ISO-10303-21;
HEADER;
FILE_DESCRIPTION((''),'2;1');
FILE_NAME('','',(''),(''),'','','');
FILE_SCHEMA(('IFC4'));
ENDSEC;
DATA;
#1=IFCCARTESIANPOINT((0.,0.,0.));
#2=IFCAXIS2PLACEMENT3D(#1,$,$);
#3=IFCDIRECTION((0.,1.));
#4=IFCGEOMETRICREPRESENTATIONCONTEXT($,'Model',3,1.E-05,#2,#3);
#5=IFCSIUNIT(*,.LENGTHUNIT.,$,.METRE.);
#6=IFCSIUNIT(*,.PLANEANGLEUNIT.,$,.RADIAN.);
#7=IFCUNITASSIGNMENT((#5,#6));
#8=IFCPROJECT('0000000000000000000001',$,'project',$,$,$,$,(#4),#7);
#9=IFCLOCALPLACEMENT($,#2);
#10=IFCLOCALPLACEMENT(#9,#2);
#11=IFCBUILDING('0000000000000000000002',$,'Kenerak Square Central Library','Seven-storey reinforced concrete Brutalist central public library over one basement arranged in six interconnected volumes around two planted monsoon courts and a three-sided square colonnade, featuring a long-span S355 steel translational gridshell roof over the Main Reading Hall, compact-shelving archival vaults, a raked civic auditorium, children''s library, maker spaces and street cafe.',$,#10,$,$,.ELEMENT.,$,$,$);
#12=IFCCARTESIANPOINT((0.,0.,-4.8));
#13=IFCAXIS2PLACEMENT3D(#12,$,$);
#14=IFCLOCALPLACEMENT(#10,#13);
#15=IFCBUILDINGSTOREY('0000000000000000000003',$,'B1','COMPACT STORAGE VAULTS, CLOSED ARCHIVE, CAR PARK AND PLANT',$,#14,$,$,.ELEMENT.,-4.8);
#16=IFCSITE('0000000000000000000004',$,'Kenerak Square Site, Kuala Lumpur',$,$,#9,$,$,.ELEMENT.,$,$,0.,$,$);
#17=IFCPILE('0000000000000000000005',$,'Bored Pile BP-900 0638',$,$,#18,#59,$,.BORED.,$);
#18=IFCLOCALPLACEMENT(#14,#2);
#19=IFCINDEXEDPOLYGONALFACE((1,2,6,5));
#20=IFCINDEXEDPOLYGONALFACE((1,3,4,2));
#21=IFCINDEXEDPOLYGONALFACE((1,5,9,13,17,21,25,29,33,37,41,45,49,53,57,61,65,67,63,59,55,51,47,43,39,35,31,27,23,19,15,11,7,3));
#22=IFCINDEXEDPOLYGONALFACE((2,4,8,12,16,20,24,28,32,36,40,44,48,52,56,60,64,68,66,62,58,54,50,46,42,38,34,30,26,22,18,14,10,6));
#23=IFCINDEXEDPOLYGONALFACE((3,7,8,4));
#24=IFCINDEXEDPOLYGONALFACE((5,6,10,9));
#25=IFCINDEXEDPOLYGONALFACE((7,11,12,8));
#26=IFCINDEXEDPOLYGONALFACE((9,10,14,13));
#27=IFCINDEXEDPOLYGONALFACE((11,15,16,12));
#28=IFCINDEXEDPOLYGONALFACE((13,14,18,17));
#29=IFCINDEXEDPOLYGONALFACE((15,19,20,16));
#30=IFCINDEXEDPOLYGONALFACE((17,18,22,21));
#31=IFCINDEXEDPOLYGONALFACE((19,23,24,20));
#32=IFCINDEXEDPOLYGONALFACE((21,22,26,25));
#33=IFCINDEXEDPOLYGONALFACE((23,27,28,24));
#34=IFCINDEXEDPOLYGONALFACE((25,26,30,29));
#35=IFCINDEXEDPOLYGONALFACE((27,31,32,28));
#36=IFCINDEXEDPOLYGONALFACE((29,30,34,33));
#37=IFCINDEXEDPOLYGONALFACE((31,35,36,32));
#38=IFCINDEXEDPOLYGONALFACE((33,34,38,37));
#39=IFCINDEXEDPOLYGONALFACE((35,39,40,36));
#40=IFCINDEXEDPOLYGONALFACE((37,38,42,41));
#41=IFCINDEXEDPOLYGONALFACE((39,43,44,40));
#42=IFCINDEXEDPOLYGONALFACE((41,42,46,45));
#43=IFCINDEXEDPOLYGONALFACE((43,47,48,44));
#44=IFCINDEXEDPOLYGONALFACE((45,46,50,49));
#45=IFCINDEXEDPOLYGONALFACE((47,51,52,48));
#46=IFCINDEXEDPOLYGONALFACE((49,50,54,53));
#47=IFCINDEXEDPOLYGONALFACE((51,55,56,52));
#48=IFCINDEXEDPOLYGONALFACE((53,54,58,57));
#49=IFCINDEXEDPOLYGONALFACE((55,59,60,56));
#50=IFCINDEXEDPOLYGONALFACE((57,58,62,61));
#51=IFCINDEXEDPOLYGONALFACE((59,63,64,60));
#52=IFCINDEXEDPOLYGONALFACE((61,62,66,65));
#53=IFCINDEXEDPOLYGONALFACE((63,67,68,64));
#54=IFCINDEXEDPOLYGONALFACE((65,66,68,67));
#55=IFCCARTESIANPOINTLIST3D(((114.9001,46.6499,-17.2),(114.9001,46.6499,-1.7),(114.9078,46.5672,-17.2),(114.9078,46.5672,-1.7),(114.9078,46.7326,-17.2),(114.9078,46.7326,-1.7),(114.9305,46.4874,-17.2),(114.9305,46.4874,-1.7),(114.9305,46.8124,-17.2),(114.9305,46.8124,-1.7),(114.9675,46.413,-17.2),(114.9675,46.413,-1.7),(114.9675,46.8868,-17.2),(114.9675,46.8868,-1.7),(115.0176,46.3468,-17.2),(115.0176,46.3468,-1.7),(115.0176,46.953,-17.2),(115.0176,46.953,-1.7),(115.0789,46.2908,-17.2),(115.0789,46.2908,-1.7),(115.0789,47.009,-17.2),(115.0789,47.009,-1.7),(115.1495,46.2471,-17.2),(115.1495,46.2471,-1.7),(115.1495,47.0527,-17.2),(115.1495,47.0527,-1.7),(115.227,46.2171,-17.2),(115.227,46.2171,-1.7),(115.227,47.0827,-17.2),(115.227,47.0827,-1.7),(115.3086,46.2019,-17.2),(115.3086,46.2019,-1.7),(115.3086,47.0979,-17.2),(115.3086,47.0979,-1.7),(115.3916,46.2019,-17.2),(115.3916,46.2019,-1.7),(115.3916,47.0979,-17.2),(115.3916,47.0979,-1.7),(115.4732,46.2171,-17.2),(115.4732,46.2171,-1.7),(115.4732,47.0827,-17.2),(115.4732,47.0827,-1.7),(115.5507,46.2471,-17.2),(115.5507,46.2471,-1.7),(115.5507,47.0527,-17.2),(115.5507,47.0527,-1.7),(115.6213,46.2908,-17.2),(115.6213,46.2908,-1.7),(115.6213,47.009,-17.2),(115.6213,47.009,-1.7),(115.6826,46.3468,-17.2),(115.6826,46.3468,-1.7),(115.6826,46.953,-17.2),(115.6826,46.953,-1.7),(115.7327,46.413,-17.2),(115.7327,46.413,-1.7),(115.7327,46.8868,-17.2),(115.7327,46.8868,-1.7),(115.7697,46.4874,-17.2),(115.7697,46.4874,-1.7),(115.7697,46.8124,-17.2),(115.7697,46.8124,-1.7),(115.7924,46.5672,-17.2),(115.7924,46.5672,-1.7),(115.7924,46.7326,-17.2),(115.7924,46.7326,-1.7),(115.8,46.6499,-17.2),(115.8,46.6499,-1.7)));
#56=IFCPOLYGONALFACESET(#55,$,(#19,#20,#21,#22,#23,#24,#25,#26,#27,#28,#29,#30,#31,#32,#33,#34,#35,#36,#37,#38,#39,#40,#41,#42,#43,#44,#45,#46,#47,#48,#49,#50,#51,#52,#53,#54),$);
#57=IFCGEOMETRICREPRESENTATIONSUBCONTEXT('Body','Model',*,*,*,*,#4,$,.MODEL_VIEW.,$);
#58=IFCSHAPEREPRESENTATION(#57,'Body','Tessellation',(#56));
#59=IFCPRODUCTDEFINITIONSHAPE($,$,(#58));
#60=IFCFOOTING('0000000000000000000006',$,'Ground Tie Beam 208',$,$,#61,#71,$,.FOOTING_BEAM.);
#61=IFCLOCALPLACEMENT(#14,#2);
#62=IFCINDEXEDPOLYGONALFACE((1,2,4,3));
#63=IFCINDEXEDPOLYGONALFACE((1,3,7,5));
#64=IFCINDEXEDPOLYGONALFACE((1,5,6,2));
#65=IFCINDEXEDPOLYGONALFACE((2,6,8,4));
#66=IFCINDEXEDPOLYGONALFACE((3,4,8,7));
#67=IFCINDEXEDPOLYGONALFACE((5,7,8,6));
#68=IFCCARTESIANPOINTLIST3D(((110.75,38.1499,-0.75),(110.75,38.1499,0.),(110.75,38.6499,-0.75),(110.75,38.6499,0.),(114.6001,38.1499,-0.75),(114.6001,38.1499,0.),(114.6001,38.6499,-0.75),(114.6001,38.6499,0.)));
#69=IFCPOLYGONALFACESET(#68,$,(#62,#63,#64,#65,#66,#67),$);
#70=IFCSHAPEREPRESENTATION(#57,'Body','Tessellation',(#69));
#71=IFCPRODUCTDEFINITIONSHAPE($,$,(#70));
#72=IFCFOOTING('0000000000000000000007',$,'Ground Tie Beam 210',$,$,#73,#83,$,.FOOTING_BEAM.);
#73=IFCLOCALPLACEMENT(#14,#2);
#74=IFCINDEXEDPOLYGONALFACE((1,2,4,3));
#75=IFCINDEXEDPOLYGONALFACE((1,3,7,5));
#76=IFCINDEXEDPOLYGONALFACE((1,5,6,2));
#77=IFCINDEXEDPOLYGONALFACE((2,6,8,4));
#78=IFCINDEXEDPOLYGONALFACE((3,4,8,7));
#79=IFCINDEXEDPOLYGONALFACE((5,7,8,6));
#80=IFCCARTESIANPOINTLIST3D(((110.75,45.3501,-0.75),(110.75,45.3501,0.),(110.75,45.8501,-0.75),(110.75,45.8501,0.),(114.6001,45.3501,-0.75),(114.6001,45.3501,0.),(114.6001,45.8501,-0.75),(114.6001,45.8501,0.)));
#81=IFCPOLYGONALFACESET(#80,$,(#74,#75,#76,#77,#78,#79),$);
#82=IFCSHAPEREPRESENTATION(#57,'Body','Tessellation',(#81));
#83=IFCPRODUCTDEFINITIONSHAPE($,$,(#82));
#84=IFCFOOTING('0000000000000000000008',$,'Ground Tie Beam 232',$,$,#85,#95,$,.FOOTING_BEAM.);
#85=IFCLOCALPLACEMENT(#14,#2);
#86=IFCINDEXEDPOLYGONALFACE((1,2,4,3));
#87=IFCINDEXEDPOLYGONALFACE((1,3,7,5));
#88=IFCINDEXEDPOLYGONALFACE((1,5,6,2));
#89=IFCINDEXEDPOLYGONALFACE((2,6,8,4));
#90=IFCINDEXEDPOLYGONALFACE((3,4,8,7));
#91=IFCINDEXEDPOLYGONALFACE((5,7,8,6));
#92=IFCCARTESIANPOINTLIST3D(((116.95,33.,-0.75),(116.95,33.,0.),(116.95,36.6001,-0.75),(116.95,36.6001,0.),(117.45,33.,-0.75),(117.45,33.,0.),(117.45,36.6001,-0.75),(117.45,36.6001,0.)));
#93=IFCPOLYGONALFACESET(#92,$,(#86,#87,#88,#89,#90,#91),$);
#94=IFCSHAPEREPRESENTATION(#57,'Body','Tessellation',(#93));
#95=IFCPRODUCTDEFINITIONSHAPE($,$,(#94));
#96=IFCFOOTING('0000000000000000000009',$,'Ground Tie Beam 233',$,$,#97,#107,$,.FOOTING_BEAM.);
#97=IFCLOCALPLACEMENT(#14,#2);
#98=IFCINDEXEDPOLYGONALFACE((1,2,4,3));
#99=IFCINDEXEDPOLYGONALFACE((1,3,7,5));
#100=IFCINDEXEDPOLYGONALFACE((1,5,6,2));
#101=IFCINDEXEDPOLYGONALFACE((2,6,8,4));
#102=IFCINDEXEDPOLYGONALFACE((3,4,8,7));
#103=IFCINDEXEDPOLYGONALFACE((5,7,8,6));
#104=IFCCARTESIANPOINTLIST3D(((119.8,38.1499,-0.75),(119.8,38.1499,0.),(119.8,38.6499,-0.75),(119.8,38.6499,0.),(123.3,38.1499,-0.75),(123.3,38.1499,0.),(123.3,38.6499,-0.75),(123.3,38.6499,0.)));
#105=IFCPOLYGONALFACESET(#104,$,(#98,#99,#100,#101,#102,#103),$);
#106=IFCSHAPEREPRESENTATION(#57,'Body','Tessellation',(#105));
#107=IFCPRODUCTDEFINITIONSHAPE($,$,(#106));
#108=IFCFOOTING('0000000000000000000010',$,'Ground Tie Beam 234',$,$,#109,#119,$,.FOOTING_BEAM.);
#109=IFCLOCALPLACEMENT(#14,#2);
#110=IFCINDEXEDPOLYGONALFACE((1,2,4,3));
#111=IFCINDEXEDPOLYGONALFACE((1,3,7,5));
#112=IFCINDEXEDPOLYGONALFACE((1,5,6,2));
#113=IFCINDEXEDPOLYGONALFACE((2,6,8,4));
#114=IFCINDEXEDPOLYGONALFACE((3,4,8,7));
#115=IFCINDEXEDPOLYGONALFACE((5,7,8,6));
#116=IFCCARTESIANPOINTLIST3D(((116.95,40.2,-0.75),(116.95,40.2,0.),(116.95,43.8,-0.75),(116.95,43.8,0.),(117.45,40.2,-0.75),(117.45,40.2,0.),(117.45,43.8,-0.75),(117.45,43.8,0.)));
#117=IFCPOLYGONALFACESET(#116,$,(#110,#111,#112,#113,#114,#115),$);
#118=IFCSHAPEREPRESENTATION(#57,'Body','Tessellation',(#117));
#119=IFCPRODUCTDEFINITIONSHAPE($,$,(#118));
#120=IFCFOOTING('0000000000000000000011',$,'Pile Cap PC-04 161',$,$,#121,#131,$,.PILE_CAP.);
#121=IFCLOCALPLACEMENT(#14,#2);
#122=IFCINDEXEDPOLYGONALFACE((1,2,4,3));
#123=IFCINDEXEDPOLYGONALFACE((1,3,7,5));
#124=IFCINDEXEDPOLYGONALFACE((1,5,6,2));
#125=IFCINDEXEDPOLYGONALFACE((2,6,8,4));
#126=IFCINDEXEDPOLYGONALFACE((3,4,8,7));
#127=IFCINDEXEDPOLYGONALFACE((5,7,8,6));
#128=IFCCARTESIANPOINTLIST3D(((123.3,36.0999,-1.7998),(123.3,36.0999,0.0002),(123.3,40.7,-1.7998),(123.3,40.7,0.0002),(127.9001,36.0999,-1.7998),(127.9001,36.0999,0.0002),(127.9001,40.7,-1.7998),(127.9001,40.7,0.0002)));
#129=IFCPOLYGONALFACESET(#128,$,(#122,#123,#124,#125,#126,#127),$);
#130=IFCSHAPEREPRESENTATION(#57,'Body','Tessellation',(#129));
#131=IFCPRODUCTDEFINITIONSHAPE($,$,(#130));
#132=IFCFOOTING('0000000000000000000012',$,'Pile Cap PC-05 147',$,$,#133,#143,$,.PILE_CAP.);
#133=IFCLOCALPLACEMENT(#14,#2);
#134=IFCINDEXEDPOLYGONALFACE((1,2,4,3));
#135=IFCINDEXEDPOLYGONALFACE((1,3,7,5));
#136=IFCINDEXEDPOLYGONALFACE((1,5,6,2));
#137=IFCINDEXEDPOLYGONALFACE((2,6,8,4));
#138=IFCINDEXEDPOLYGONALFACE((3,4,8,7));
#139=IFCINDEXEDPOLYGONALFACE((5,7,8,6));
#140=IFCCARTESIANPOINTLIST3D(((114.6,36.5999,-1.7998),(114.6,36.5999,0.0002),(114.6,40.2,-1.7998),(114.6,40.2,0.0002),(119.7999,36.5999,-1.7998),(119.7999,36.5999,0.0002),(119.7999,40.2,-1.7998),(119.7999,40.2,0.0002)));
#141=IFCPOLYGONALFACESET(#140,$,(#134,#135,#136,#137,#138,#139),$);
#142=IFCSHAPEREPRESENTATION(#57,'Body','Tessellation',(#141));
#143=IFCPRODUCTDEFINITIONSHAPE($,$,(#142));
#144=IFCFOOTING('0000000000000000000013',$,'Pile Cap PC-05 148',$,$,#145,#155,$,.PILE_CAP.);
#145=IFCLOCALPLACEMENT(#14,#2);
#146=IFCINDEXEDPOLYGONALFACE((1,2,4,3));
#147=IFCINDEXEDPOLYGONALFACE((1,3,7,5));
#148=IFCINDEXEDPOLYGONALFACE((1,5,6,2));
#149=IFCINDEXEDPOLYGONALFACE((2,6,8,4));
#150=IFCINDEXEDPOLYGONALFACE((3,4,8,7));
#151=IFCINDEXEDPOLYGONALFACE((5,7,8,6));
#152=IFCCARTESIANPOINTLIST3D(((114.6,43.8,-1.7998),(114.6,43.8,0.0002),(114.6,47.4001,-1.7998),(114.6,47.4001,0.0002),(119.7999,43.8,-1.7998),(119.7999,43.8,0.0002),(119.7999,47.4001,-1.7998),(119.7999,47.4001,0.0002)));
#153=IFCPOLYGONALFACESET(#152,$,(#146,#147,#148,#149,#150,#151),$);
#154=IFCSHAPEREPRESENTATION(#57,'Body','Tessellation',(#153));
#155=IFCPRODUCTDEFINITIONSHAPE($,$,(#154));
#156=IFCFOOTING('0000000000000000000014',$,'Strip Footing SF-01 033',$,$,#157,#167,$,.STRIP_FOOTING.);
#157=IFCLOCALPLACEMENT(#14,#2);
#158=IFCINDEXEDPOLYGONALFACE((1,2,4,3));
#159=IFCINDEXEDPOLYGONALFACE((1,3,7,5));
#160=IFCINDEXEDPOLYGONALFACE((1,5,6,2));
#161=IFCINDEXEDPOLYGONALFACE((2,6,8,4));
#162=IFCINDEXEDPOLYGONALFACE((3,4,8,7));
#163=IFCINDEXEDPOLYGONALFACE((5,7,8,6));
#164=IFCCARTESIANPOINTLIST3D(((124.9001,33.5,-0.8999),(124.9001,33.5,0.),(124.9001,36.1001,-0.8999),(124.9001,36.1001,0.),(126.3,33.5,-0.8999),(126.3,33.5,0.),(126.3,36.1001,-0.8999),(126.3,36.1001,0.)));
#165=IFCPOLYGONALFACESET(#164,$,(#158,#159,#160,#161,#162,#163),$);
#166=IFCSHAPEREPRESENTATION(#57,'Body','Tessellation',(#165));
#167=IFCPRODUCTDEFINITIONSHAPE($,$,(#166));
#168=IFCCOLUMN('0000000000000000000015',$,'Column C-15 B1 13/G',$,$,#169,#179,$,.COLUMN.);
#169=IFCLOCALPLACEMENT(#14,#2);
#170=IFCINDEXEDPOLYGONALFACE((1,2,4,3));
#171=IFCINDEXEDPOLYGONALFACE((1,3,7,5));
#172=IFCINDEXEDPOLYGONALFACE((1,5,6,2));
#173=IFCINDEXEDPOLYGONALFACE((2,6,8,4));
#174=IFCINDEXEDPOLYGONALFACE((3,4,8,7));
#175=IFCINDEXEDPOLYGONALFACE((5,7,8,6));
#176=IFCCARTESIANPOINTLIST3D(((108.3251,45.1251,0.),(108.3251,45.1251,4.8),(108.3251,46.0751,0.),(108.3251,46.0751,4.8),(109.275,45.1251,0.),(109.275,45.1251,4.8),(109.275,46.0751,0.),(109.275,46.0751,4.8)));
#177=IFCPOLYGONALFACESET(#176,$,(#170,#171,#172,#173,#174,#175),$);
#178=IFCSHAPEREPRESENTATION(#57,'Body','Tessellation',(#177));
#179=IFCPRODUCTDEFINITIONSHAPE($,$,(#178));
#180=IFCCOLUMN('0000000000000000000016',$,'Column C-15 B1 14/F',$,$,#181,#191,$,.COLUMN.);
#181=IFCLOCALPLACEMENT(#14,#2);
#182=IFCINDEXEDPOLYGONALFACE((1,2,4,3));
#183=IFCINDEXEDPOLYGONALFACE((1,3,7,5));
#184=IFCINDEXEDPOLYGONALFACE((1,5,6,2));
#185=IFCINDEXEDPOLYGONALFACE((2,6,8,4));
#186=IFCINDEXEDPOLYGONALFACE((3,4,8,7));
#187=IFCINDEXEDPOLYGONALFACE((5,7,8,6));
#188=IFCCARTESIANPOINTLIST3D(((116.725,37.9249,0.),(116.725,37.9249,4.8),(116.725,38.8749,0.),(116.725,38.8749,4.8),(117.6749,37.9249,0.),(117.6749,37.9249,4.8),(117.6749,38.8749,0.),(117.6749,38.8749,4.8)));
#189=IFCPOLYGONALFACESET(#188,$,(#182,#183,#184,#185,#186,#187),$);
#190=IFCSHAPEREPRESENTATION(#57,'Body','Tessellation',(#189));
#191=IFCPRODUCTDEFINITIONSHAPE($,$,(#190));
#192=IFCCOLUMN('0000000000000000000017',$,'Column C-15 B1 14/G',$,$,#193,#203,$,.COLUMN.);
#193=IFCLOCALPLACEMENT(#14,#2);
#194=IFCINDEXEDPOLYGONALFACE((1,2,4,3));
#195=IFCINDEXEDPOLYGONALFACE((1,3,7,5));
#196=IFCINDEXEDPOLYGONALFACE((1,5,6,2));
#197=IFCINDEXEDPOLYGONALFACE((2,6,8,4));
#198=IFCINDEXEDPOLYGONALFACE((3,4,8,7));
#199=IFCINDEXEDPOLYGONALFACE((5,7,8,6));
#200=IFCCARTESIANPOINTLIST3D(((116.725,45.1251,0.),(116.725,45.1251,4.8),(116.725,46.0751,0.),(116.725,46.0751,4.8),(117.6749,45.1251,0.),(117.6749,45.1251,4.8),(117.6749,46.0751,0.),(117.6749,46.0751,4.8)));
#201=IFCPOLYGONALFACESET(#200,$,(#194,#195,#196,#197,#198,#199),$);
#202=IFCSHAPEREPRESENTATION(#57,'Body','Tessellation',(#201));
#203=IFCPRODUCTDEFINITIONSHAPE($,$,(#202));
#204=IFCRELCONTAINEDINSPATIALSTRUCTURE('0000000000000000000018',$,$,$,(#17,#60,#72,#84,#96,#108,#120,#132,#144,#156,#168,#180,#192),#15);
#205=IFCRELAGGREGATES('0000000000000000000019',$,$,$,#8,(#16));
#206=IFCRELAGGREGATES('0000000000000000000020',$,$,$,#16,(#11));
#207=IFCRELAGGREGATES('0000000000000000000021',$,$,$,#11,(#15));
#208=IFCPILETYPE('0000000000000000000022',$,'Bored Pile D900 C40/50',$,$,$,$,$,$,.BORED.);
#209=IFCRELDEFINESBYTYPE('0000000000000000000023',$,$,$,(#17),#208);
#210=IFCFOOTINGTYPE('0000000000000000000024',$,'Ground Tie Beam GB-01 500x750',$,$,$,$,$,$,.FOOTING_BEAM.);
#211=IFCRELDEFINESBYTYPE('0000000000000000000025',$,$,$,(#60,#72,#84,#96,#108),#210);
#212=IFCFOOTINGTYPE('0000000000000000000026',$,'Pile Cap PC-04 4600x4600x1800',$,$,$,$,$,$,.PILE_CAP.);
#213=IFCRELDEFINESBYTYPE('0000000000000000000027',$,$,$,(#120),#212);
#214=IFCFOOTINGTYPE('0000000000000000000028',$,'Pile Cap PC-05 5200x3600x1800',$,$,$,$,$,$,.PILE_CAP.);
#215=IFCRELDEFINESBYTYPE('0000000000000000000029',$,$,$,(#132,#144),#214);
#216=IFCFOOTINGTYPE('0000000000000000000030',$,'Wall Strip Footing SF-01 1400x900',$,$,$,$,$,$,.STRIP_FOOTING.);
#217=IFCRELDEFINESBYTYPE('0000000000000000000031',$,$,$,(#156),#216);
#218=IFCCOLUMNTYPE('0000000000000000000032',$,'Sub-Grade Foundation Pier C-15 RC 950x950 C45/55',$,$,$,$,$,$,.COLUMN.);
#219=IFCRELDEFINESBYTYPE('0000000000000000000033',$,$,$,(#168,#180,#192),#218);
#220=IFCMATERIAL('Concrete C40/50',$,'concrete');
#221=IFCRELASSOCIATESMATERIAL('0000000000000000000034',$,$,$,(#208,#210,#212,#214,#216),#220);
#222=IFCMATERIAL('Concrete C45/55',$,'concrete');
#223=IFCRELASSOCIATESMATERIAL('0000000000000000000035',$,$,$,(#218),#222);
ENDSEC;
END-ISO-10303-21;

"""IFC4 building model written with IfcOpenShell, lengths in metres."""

from ifc_helpers import new_model, si_unit, direction, frame, origin, origin_2d, place, context, subcontext, project, spatial, rectangle, circle, extrude, material, material_profile, profile_set, type_object, element, save


model = new_model("IFC4")

# Units and contexts
model_context = context("Model", 3, precision=1e-05, world=origin(), true_north=direction((0.0, 1.0)))
body_context = subcontext(model_context, "Body", "Model", "MODEL_VIEW")
ifc_project = project(units=[si_unit("LENGTHUNIT", "METRE"), si_unit("PLANEANGLEUNIT", "RADIAN")], contexts=[model_context])

# Site, building, storey
site_placement = place(None, origin())
site = spatial("IfcSite", under=ifc_project, at=site_placement, Name="Kenerak Square Site, Kuala Lumpur", CompositionType="ELEMENT", RefElevation=0.0)
building_placement = place(site_placement, origin())
building = spatial("IfcBuilding", under=site, at=building_placement, Name="Kenerak Square Central Library", Description="Seven-storey reinforced concrete Brutalist central public library over one basement arranged in six interconnected volumes around two planted monsoon courts and a three-sided square colonnade, featuring a long-span S355 steel translational gridshell roof over the Main Reading Hall, compact-shelving archival vaults, a raked civic auditorium, children's library, maker spaces and street cafe.", CompositionType="ELEMENT")
storey_placement = place(building_placement, frame((0.0, 0.0, -4.8)))
storey = spatial("IfcBuildingStorey", under=building, at=storey_placement, Name="B1", Description="COMPACT STORAGE VAULTS, CLOSED ARCHIVE, CAR PARK AND PLANT", CompositionType="ELEMENT", Elevation=-4.8)

# Pile
ifc_material_1 = material(Name="Concrete C40/50", Category="concrete")
ifc_material_profile_1 = material_profile(ifc_material_1, circle(Radius=0.45, at=origin_2d()), Name="BP D900")
ifc_profile_set_1 = profile_set([ifc_material_profile_1], Name="Concrete C40/50")
pile_type_1 = type_object("IfcPileType", Name="Bored Pile D900 C40/50", PredefinedType="BORED", material=ifc_profile_set_1)
for number, where, z_axis, x_axis, name in (
    (1, (115.3501, 46.6499, -1.7), (0.0, 0.0, -1.0), (1.0, 0.0, 0.0), "Bored Pile BP-900 0638"),
):
    element("IfcPile", number, at=place(storey_placement, frame(where, z_axis=z_axis, x_axis=x_axis)), inside=storey, type_object=pile_type_1, Name=name, PredefinedType="BORED", context=body_context, shape_type="SweptSolid", body=[
        extrude(circle(Radius=0.45, at=origin_2d()), origin(), (0.0, 0.0, 1.0), 15.5),
    ])

# Footings
footing_type_1 = type_object("IfcFootingType", Name="Ground Tie Beam GB-01 500x750", PredefinedType="FOOTING_BEAM", material=ifc_material_1)
for number, where, z_axis, x_axis, name in (
    (2, (112.675, 38.3999, -0.75), (0.0, 0.0, 1.0), (1.0, 0.0, 0.0), "Ground Tie Beam 208"),
    (3, (112.675, 45.6001, -0.75), (0.0, 0.0, 1.0), (1.0, 0.0, 0.0), "Ground Tie Beam 210"),
):
    element("IfcFooting", number, at=place(storey_placement, frame(where, z_axis=z_axis, x_axis=x_axis)), inside=storey, type_object=footing_type_1, Name=name, PredefinedType="FOOTING_BEAM", context=body_context, shape_type="SweptSolid", body=[
        extrude(rectangle(XDim=3.8501, YDim=0.5, at=origin_2d()), origin(), (0.0, 0.0, 1.0), 0.75),
    ])
footing_1_placement = place(storey_placement, frame((117.2, 34.8, -0.75), z_axis=(0.0, 0.0, 1.0), x_axis=(1.0, 0.0, 0.0)))
element("IfcFooting", 4, at=footing_1_placement, inside=storey, type_object=footing_type_1, Name="Ground Tie Beam 232", PredefinedType="FOOTING_BEAM", context=body_context, shape_type="SweptSolid", body=[
    extrude(rectangle(XDim=0.5, YDim=3.6001, at=origin_2d()), origin(), (0.0, 0.0, 1.0), 0.75),
])
footing_2_placement = place(storey_placement, frame((121.55, 38.3999, -0.75), z_axis=(0.0, 0.0, 1.0), x_axis=(1.0, 0.0, 0.0)))
element("IfcFooting", 5, at=footing_2_placement, inside=storey, type_object=footing_type_1, Name="Ground Tie Beam 233", PredefinedType="FOOTING_BEAM", context=body_context, shape_type="SweptSolid", body=[
    extrude(rectangle(XDim=3.5, YDim=0.5, at=origin_2d()), origin(), (0.0, 0.0, 1.0), 0.75),
])
footing_3_placement = place(storey_placement, frame((117.2, 42.0, -0.75), z_axis=(0.0, 0.0, 1.0), x_axis=(1.0, 0.0, 0.0)))
element("IfcFooting", 6, at=footing_3_placement, inside=storey, type_object=footing_type_1, Name="Ground Tie Beam 234", PredefinedType="FOOTING_BEAM", context=body_context, shape_type="SweptSolid", body=[
    extrude(rectangle(XDim=0.5, YDim=3.6001, at=origin_2d()), origin(), (0.0, 0.0, 1.0), 0.75),
])
footing_type_2 = type_object("IfcFootingType", Name="Pile Cap PC-04 4600x4600x1800", PredefinedType="PILE_CAP", material=ifc_material_1)
footing_4_placement = place(storey_placement, frame((125.6001, 38.3999, -1.7998), z_axis=(0.0, 0.0, 1.0), x_axis=(1.0, 0.0, 0.0)))
element("IfcFooting", 7, at=footing_4_placement, inside=storey, type_object=footing_type_2, Name="Pile Cap PC-04 161", PredefinedType="PILE_CAP", context=body_context, shape_type="SweptSolid", body=[
    extrude(rectangle(XDim=4.6001, YDim=4.6001, at=origin_2d()), origin(), (0.0, 0.0, 1.0), 1.8),
])
footing_type_3 = type_object("IfcFootingType", Name="Pile Cap PC-05 5200x3600x1800", PredefinedType="PILE_CAP", material=ifc_material_1)
for number, where, z_axis, x_axis, name in (
    (8, (117.2, 38.3999, -1.7998), (0.0, 0.0, 1.0), (1.0, 0.0, 0.0), "Pile Cap PC-05 147"),
    (9, (117.2, 45.6001, -1.7998), (0.0, 0.0, 1.0), (1.0, 0.0, 0.0), "Pile Cap PC-05 148"),
):
    element("IfcFooting", number, at=place(storey_placement, frame(where, z_axis=z_axis, x_axis=x_axis)), inside=storey, type_object=footing_type_3, Name=name, PredefinedType="PILE_CAP", context=body_context, shape_type="SweptSolid", body=[
        extrude(rectangle(XDim=5.2, YDim=3.6001, at=origin_2d()), origin(), (0.0, 0.0, 1.0), 1.8),
    ])
footing_type_4 = type_object("IfcFootingType", Name="Wall Strip Footing SF-01 1400x900", PredefinedType="STRIP_FOOTING", material=ifc_material_1)
footing_5_placement = place(storey_placement, frame((125.6001, 34.8, -0.8999), z_axis=(0.0, 0.0, 1.0), x_axis=(1.0, 0.0, 0.0)))
element("IfcFooting", 10, at=footing_5_placement, inside=storey, type_object=footing_type_4, Name="Strip Footing SF-01 033", PredefinedType="STRIP_FOOTING", context=body_context, shape_type="SweptSolid", body=[
    extrude(rectangle(XDim=1.3999, YDim=2.6001, at=origin_2d()), origin(), (0.0, 0.0, 1.0), 0.8999),
])

# Columns
ifc_material_2 = material(Name="Concrete C45/55", Category="concrete")
ifc_material_profile_2 = material_profile(ifc_material_2, rectangle(XDim=0.95, YDim=0.95, at=origin_2d()), Name="RC 950x950")
ifc_profile_set_2 = profile_set([ifc_material_profile_2], Name="Concrete C45/55")
column_type = type_object("IfcColumnType", Name="Sub-Grade Foundation Pier C-15 RC 950x950 C45/55", PredefinedType="COLUMN", material=ifc_profile_set_2)
for number, where, z_axis, x_axis, name in (
    (11, (108.8, 45.6001, 0.0), (0.0, 0.0, 1.0), (1.0, 0.0, 0.0), "Column C-15 B1 13/G"),
    (12, (117.2, 38.3999, 0.0), (0.0, 0.0, 1.0), (1.0, 0.0, 0.0), "Column C-15 B1 14/F"),
    (13, (117.2, 45.6001, 0.0), (0.0, 0.0, 1.0), (1.0, 0.0, 0.0), "Column C-15 B1 14/G"),
):
    element("IfcColumn", number, at=place(storey_placement, frame(where, z_axis=z_axis, x_axis=x_axis)), inside=storey, type_object=column_type, Name=name, PredefinedType="COLUMN", context=body_context, shape_type="SweptSolid", body=[
        extrude(rectangle(XDim=0.95, YDim=0.95, at=origin_2d()), origin(), (0.0, 0.0, 1.0), 4.8),
    ])

save(model, "model.ifc")
